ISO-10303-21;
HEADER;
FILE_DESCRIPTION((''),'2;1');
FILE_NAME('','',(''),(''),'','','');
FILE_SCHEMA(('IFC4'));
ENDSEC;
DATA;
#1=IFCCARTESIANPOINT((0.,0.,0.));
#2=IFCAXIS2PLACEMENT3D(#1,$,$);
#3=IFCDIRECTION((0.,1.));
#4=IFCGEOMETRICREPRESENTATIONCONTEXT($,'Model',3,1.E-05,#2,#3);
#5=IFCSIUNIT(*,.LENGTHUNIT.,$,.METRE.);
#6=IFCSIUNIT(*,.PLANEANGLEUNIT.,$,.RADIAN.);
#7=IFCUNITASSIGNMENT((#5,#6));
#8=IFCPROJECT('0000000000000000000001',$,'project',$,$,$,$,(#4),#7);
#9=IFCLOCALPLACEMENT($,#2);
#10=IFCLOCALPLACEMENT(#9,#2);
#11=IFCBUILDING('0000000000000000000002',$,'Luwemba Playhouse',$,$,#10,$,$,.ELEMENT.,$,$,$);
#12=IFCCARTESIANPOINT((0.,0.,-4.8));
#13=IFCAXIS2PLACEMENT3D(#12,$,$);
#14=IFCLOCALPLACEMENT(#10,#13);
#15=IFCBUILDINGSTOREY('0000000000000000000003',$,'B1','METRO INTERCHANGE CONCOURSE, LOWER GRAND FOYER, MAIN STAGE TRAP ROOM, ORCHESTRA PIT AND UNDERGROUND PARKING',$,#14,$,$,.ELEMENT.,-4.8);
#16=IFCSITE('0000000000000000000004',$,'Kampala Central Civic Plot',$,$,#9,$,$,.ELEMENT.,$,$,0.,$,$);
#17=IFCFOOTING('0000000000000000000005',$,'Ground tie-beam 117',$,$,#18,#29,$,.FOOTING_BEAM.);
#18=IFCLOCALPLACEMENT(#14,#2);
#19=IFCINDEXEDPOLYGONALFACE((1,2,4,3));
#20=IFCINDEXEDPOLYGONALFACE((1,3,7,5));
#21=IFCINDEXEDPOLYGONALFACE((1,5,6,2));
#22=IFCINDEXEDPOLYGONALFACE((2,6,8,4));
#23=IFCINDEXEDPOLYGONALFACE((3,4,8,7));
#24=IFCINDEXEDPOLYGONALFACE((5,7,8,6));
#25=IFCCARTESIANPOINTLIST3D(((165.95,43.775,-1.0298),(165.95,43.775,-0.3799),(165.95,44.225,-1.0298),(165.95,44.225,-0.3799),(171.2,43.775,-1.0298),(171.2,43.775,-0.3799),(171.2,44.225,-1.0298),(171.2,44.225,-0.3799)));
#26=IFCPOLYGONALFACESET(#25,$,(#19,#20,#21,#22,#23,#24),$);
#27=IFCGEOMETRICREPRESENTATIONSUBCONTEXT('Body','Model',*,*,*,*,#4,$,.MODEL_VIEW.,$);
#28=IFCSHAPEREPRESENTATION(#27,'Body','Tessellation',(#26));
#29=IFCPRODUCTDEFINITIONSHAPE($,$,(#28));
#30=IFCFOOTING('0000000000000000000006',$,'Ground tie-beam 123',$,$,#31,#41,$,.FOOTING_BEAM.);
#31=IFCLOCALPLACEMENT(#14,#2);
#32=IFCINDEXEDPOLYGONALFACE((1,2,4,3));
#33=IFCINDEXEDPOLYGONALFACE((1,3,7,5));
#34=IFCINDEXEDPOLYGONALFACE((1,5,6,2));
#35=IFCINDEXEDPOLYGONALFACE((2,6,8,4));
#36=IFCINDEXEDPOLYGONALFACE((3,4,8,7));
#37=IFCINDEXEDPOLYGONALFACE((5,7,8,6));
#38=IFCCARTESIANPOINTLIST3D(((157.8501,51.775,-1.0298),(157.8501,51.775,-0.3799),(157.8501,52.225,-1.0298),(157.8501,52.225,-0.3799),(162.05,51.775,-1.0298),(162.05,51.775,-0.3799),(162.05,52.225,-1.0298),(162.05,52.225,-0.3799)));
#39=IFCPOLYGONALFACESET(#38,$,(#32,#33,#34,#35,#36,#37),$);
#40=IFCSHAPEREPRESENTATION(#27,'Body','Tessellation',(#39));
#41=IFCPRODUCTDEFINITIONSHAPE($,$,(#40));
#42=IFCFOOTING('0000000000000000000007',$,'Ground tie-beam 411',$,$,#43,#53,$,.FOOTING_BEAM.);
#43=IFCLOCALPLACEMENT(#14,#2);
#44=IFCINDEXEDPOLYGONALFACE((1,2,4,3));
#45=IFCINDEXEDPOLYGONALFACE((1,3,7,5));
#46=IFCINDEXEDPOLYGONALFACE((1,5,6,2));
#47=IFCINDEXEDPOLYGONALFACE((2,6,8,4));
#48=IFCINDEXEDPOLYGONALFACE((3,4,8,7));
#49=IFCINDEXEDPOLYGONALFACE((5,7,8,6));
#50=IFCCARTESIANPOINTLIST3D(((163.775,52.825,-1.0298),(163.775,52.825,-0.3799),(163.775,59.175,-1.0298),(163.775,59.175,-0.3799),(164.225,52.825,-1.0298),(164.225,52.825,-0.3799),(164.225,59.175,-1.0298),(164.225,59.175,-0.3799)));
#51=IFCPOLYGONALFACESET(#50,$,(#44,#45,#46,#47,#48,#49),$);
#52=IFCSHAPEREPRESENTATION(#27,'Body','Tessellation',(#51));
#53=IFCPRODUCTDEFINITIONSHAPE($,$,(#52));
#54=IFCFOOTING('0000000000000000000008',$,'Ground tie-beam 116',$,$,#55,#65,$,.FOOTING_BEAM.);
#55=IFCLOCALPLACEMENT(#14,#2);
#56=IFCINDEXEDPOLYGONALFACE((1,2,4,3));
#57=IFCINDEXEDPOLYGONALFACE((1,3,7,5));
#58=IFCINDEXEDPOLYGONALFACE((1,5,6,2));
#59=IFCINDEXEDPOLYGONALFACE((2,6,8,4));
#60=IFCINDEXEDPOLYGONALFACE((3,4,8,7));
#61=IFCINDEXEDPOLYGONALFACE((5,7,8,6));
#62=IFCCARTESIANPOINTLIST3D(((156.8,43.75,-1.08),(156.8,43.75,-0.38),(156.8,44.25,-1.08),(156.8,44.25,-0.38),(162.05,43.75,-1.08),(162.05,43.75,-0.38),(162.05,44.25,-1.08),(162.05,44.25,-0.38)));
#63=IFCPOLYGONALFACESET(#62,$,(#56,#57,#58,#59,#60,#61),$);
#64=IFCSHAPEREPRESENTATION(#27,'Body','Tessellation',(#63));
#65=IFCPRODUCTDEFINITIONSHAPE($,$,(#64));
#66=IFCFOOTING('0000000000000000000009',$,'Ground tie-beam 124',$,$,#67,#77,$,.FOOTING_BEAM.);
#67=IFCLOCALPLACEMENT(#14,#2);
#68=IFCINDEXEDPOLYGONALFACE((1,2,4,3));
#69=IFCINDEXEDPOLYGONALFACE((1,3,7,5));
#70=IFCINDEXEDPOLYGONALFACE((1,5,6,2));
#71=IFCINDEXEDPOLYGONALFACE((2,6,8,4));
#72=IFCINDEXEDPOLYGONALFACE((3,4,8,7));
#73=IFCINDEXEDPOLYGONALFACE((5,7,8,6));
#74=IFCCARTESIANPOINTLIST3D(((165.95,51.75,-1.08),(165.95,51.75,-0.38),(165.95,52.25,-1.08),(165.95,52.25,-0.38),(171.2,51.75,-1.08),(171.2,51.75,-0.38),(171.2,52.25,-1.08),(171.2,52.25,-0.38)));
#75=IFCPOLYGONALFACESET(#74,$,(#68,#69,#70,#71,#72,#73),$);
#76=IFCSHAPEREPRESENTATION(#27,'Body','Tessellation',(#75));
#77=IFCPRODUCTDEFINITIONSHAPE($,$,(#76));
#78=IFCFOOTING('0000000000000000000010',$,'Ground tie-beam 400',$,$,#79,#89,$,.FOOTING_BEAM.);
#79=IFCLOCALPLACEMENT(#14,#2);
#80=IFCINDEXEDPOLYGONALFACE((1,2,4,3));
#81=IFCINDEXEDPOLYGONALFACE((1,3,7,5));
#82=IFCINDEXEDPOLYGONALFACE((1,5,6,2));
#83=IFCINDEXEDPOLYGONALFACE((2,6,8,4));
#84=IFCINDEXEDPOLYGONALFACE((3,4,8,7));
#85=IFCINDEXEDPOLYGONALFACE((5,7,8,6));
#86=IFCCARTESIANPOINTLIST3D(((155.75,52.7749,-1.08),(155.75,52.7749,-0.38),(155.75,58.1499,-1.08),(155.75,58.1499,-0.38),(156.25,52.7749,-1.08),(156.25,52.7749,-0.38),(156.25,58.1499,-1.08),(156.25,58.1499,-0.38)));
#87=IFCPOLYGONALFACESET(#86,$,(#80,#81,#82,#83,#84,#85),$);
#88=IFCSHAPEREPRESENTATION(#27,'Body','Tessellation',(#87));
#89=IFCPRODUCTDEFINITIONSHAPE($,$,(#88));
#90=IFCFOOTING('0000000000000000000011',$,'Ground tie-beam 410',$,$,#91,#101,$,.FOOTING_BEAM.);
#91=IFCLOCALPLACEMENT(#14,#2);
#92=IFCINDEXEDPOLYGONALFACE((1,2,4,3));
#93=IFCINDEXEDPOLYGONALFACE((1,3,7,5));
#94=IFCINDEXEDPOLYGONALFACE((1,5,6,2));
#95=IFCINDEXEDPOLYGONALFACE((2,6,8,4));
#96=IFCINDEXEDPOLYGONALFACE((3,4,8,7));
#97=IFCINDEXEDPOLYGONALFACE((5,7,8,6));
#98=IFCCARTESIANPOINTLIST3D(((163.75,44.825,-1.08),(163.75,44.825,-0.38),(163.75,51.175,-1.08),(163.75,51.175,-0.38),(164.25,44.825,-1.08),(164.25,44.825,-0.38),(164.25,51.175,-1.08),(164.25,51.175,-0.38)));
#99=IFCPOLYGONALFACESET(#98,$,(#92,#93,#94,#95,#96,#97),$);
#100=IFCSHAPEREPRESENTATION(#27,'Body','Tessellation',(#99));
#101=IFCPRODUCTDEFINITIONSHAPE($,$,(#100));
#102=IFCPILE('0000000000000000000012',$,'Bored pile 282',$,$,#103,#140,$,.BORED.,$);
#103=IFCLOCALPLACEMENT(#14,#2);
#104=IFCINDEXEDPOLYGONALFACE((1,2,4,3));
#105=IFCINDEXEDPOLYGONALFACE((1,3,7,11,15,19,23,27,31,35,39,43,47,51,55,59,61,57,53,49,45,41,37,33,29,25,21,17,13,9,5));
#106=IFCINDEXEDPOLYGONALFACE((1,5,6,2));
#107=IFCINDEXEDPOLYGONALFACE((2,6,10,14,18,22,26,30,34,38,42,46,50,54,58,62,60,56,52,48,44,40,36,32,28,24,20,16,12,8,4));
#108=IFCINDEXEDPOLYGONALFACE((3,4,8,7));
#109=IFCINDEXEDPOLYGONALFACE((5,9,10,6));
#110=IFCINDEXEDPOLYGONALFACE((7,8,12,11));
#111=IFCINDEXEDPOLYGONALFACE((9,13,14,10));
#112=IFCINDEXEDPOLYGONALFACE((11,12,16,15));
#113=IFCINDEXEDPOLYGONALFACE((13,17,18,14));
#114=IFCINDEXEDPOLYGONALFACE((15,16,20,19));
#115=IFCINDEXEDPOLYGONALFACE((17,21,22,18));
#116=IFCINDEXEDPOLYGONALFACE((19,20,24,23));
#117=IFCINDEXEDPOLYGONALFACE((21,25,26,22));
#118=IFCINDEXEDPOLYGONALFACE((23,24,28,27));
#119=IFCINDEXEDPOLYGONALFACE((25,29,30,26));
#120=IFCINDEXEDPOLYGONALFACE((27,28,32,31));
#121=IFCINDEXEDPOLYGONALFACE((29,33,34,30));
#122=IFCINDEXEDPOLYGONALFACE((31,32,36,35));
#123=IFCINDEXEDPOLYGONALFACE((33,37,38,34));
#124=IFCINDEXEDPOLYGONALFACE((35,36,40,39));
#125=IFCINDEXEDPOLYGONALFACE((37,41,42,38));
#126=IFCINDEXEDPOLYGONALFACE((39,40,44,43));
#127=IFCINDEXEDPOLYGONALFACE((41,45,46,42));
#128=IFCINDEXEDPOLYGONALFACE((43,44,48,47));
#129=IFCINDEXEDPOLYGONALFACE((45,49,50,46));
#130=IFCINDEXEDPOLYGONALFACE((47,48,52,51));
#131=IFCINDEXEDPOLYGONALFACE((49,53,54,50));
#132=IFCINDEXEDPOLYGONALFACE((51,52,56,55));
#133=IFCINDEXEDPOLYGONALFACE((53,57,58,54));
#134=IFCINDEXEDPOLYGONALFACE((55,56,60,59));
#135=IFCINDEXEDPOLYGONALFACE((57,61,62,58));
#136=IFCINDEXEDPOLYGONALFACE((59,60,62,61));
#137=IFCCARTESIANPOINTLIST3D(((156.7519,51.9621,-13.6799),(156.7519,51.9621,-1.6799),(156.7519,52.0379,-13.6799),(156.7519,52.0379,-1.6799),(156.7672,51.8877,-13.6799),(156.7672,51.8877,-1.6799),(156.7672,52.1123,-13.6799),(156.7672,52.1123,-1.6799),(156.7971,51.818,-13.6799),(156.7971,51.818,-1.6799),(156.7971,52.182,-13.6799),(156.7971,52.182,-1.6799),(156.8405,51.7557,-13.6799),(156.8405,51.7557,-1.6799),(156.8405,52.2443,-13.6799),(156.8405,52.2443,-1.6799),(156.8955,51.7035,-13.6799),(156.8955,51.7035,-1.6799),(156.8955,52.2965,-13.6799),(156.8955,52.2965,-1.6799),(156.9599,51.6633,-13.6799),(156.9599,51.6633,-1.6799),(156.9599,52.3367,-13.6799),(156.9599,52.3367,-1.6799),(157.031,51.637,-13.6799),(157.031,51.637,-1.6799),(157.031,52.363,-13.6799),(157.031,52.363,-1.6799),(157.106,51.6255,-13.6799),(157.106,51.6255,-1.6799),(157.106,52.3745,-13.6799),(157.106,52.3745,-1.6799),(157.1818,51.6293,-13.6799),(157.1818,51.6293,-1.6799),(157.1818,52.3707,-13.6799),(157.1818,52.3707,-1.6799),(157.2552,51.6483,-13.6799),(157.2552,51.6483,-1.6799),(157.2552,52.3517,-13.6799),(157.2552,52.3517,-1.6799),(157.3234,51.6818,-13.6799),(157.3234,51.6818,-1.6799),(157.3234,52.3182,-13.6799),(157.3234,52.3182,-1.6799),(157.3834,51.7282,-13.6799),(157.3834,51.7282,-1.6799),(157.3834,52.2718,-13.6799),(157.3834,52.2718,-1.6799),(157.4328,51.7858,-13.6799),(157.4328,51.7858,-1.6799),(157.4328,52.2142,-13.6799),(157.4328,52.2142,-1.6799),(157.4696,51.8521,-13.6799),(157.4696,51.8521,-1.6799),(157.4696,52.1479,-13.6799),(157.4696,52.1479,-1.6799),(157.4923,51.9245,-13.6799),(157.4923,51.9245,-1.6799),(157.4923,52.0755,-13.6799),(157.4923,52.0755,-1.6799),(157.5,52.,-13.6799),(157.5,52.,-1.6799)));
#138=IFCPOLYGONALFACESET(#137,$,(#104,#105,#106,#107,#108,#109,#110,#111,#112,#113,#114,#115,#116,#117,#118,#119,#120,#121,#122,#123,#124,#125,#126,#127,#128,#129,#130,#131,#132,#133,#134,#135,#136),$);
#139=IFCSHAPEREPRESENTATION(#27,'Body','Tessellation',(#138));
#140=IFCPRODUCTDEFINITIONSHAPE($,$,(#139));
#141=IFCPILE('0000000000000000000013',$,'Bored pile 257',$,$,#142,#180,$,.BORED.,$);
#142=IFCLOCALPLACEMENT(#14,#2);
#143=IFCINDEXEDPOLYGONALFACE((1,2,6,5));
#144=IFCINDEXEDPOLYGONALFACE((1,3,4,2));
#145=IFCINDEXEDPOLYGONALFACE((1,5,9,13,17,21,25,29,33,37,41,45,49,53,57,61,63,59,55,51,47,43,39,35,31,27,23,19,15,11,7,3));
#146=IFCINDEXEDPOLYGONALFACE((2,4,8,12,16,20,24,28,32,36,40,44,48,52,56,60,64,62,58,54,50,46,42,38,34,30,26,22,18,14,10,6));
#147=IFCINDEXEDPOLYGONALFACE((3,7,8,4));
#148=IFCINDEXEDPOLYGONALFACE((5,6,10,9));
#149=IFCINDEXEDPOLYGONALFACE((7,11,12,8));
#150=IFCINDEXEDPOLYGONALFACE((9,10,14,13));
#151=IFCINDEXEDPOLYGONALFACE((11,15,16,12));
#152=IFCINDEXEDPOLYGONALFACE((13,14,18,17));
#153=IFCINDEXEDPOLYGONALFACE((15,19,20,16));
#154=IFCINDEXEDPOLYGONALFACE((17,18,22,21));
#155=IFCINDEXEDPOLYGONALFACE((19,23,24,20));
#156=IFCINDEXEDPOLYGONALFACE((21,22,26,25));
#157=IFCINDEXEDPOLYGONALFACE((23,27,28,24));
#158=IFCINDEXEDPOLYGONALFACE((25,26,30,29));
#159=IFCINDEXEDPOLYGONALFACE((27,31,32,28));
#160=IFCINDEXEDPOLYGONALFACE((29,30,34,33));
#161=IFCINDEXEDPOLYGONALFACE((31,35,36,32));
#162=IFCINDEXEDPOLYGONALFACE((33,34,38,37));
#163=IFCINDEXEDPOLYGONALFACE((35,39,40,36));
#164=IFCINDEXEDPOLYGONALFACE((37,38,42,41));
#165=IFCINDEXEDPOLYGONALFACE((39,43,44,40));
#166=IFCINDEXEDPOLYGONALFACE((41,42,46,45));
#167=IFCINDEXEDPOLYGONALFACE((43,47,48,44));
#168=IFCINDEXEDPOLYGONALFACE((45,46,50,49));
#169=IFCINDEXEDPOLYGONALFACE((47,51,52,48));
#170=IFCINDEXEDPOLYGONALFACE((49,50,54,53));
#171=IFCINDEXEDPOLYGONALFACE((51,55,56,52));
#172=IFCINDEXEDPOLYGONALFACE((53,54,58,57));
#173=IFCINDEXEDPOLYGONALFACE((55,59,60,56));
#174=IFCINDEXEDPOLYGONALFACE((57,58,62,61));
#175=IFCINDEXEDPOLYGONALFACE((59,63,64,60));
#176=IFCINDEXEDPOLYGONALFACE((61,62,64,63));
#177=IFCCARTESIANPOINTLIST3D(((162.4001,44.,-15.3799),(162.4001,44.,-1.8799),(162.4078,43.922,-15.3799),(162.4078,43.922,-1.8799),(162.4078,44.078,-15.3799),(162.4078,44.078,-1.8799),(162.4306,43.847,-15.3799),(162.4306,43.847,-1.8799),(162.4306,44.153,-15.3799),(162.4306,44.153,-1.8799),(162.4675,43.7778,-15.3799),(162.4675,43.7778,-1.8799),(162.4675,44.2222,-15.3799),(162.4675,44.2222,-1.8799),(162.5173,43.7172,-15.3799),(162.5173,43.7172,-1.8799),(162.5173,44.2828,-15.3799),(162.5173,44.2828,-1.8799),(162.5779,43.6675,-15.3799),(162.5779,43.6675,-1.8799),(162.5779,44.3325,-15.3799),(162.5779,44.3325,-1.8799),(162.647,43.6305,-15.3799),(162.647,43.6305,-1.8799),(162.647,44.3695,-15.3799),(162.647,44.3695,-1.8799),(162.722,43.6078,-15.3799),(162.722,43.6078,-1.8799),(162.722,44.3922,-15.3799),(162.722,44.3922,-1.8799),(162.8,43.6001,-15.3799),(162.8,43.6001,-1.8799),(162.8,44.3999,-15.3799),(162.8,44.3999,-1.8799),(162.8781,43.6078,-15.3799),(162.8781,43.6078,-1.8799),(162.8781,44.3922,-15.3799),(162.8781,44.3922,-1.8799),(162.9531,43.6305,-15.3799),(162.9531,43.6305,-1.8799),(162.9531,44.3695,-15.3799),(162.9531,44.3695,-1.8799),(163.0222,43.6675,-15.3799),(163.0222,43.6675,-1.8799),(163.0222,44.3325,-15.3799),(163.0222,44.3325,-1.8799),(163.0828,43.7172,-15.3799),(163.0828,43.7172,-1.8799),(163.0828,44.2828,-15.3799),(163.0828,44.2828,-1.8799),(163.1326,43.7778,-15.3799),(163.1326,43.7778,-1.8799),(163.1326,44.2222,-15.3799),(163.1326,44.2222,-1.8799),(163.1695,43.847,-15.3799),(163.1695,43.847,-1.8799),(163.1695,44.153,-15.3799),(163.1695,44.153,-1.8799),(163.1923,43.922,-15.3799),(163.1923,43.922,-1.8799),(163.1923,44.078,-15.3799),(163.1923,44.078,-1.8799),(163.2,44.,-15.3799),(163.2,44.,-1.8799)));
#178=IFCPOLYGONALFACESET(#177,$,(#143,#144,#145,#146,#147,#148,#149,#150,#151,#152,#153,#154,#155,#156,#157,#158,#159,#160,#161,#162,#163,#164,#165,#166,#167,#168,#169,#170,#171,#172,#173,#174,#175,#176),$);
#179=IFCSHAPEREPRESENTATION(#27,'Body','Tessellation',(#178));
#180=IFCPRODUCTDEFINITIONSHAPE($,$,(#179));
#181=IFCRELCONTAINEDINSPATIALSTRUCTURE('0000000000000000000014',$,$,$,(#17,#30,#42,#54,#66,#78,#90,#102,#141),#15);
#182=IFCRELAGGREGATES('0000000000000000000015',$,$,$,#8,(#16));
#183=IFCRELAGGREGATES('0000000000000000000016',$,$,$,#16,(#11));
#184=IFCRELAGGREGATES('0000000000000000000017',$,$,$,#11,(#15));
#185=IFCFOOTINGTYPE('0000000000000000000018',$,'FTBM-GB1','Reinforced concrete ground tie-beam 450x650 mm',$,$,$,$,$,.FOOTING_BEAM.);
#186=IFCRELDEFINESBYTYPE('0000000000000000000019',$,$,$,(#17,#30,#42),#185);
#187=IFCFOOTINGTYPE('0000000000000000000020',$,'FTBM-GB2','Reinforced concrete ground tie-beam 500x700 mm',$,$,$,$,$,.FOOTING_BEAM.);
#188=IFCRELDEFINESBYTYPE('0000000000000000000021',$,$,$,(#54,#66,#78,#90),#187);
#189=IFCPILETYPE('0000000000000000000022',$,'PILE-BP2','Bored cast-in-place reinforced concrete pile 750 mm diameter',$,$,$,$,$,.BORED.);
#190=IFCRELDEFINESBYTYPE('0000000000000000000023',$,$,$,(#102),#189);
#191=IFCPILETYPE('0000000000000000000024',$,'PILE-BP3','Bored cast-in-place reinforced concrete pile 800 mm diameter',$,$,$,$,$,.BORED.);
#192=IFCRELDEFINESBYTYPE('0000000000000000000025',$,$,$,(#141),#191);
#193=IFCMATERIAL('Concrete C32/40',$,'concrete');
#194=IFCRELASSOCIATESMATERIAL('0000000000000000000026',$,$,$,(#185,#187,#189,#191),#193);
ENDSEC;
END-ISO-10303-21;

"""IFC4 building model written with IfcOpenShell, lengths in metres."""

from ifc_helpers import new_model, si_unit, direction, frame, origin, origin_2d, place, context, subcontext, project, spatial, rectangle, circle, extrude, material, material_profile, profile_set, type_object, element, save


model = new_model("IFC4")

# Units and contexts
model_context = context("Model", 3, precision=1e-05, world=origin(), true_north=direction((0.0, 1.0)))
body_context = subcontext(model_context, "Body", "Model", "MODEL_VIEW")
ifc_project = project(units=[si_unit("LENGTHUNIT", "METRE"), si_unit("PLANEANGLEUNIT", "RADIAN")], contexts=[model_context])

# Site, building, storey
site_placement = place(None, origin())
site = spatial("IfcSite", under=ifc_project, at=site_placement, Name="Kampala Central Civic Plot", CompositionType="ELEMENT", RefElevation=0.0)
building_placement = place(site_placement, origin())
building = spatial("IfcBuilding", under=site, at=building_placement, Name="Luwemba Playhouse", CompositionType="ELEMENT")
storey_placement = place(building_placement, frame((0.0, 0.0, -4.8)))
storey = spatial("IfcBuildingStorey", under=building, at=storey_placement, Name="B1", Description="METRO INTERCHANGE CONCOURSE, LOWER GRAND FOYER, MAIN STAGE TRAP ROOM, ORCHESTRA PIT AND UNDERGROUND PARKING", CompositionType="ELEMENT", Elevation=-4.8)

# Footings
ifc_material_1 = material(Name="Concrete C32/40", Category="concrete")
ifc_material_profile_1 = material_profile(ifc_material_1, rectangle(XDim=0.45, YDim=0.6499, at=origin_2d()))
ifc_profile_set_1 = profile_set([ifc_material_profile_1], Name="Concrete C32/40")
footing_type_1 = type_object("IfcFootingType", Name="FTBM-GB1", Description="Reinforced concrete ground tie-beam 450x650 mm", PredefinedType="FOOTING_BEAM", material=ifc_profile_set_1)
footing_1_placement = place(storey_placement, frame((165.95, 44.0, -0.7048), z_axis=(1.0, 0.0, 0.0), x_axis=(0.0, 1.0, 0.0)))
element("IfcFooting", 1, at=footing_1_placement, inside=storey, type_object=footing_type_1, Name="Ground tie-beam 117", PredefinedType="FOOTING_BEAM", context=body_context, shape_type="SweptSolid", body=[
    extrude(rectangle(XDim=0.45, YDim=0.6499, at=origin_2d()), origin(), (0.0, 0.0, 1.0), 5.25),
])
footing_2_placement = place(storey_placement, frame((157.8501, 52.0, -0.7048), z_axis=(1.0, 0.0, 0.0), x_axis=(0.0, 1.0, 0.0)))
element("IfcFooting", 2, at=footing_2_placement, inside=storey, type_object=footing_type_1, Name="Ground tie-beam 123", PredefinedType="FOOTING_BEAM", context=body_context, shape_type="SweptSolid", body=[
    extrude(rectangle(XDim=0.45, YDim=0.6499, at=origin_2d()), origin(), (0.0, 0.0, 1.0), 4.2),
])
footing_3_placement = place(storey_placement, frame((164.0, 52.825, -0.7048), z_axis=(0.0, 1.0, 0.0), x_axis=(-1.0, 0.0, 0.0)))
element("IfcFooting", 3, at=footing_3_placement, inside=storey, type_object=footing_type_1, Name="Ground tie-beam 411", PredefinedType="FOOTING_BEAM", context=body_context, shape_type="SweptSolid", body=[
    extrude(rectangle(XDim=0.45, YDim=0.6499, at=origin_2d()), origin(), (0.0, 0.0, 1.0), 6.3501),
])
ifc_material_profile_2 = material_profile(ifc_material_1, rectangle(XDim=0.5, YDim=0.7, at=origin_2d()))
ifc_profile_set_2 = profile_set([ifc_material_profile_2], Name="Concrete C32/40")
footing_type_2 = type_object("IfcFootingType", Name="FTBM-GB2", Description="Reinforced concrete ground tie-beam 500x700 mm", PredefinedType="FOOTING_BEAM", material=ifc_profile_set_2)
for number, where, z_axis, x_axis, name in (
    (4, (156.8, 44.0, -0.73), (1.0, 0.0, 0.0), (0.0, 1.0, 0.0), "Ground tie-beam 116"),
    (5, (165.95, 52.0, -0.73), (1.0, 0.0, 0.0), (0.0, 1.0, 0.0), "Ground tie-beam 124"),
):
    element("IfcFooting", number, at=place(storey_placement, frame(where, z_axis=z_axis, x_axis=x_axis)), inside=storey, type_object=footing_type_2, Name=name, PredefinedType="FOOTING_BEAM", context=body_context, shape_type="SweptSolid", body=[
        extrude(rectangle(XDim=0.5, YDim=0.7, at=origin_2d()), origin(), (0.0, 0.0, 1.0), 5.25),
    ])
footing_4_placement = place(storey_placement, frame((156.0, 52.7749, -0.73), z_axis=(0.0, 1.0, 0.0), x_axis=(-1.0, 0.0, 0.0)))
element("IfcFooting", 6, at=footing_4_placement, inside=storey, type_object=footing_type_2, Name="Ground tie-beam 400", PredefinedType="FOOTING_BEAM", context=body_context, shape_type="SweptSolid", body=[
    extrude(rectangle(XDim=0.5, YDim=0.7, at=origin_2d()), origin(), (0.0, 0.0, 1.0), 5.375),
])
footing_5_placement = place(storey_placement, frame((164.0, 44.825, -0.73), z_axis=(0.0, 1.0, 0.0), x_axis=(-1.0, 0.0, 0.0)))
element("IfcFooting", 7, at=footing_5_placement, inside=storey, type_object=footing_type_2, Name="Ground tie-beam 410", PredefinedType="FOOTING_BEAM", context=body_context, shape_type="SweptSolid", body=[
    extrude(rectangle(XDim=0.5, YDim=0.7, at=origin_2d()), origin(), (0.0, 0.0, 1.0), 6.3501),
])

# Piles
ifc_material_profile_3 = material_profile(ifc_material_1, circle(Radius=0.375, at=origin_2d()))
ifc_profile_set_3 = profile_set([ifc_material_profile_3], Name="Concrete C32/40")
pile_type_1 = type_object("IfcPileType", Name="PILE-BP2", Description="Bored cast-in-place reinforced concrete pile 750 mm diameter", PredefinedType="BORED", material=ifc_profile_set_3)
pile_placement = place(storey_placement, frame((157.125, 52.0, -1.6799), z_axis=(0.0, 0.0, -1.0), x_axis=(1.0, 0.0, 0.0)))
element("IfcPile", 8, at=pile_placement, inside=storey, type_object=pile_type_1, Name="Bored pile 282", PredefinedType="BORED", context=body_context, shape_type="SweptSolid", body=[
    extrude(circle(Radius=0.375, at=origin_2d()), origin(), (0.0, 0.0, 1.0), 12.0),
])
ifc_material_profile_4 = material_profile(ifc_material_1, circle(Radius=0.3999, at=origin_2d()))
ifc_profile_set_4 = profile_set([ifc_material_profile_4], Name="Concrete C32/40")
pile_type_2 = type_object("IfcPileType", Name="PILE-BP3", Description="Bored cast-in-place reinforced concrete pile 800 mm diameter", PredefinedType="BORED", material=ifc_profile_set_4)
for number, where, z_axis, x_axis, name in (
    (9, (162.8, 44.0, -1.8799), (0.0, 0.0, -1.0), (1.0, 0.0, 0.0), "Bored pile 257"),
):
    element("IfcPile", number, at=place(storey_placement, frame(where, z_axis=z_axis, x_axis=x_axis)), inside=storey, type_object=pile_type_2, Name=name, PredefinedType="BORED", context=body_context, shape_type="SweptSolid", body=[
        extrude(circle(Radius=0.3999, at=origin_2d()), origin(), (0.0, 0.0, 1.0), 13.5),
    ])

save(model, "model.ifc")
